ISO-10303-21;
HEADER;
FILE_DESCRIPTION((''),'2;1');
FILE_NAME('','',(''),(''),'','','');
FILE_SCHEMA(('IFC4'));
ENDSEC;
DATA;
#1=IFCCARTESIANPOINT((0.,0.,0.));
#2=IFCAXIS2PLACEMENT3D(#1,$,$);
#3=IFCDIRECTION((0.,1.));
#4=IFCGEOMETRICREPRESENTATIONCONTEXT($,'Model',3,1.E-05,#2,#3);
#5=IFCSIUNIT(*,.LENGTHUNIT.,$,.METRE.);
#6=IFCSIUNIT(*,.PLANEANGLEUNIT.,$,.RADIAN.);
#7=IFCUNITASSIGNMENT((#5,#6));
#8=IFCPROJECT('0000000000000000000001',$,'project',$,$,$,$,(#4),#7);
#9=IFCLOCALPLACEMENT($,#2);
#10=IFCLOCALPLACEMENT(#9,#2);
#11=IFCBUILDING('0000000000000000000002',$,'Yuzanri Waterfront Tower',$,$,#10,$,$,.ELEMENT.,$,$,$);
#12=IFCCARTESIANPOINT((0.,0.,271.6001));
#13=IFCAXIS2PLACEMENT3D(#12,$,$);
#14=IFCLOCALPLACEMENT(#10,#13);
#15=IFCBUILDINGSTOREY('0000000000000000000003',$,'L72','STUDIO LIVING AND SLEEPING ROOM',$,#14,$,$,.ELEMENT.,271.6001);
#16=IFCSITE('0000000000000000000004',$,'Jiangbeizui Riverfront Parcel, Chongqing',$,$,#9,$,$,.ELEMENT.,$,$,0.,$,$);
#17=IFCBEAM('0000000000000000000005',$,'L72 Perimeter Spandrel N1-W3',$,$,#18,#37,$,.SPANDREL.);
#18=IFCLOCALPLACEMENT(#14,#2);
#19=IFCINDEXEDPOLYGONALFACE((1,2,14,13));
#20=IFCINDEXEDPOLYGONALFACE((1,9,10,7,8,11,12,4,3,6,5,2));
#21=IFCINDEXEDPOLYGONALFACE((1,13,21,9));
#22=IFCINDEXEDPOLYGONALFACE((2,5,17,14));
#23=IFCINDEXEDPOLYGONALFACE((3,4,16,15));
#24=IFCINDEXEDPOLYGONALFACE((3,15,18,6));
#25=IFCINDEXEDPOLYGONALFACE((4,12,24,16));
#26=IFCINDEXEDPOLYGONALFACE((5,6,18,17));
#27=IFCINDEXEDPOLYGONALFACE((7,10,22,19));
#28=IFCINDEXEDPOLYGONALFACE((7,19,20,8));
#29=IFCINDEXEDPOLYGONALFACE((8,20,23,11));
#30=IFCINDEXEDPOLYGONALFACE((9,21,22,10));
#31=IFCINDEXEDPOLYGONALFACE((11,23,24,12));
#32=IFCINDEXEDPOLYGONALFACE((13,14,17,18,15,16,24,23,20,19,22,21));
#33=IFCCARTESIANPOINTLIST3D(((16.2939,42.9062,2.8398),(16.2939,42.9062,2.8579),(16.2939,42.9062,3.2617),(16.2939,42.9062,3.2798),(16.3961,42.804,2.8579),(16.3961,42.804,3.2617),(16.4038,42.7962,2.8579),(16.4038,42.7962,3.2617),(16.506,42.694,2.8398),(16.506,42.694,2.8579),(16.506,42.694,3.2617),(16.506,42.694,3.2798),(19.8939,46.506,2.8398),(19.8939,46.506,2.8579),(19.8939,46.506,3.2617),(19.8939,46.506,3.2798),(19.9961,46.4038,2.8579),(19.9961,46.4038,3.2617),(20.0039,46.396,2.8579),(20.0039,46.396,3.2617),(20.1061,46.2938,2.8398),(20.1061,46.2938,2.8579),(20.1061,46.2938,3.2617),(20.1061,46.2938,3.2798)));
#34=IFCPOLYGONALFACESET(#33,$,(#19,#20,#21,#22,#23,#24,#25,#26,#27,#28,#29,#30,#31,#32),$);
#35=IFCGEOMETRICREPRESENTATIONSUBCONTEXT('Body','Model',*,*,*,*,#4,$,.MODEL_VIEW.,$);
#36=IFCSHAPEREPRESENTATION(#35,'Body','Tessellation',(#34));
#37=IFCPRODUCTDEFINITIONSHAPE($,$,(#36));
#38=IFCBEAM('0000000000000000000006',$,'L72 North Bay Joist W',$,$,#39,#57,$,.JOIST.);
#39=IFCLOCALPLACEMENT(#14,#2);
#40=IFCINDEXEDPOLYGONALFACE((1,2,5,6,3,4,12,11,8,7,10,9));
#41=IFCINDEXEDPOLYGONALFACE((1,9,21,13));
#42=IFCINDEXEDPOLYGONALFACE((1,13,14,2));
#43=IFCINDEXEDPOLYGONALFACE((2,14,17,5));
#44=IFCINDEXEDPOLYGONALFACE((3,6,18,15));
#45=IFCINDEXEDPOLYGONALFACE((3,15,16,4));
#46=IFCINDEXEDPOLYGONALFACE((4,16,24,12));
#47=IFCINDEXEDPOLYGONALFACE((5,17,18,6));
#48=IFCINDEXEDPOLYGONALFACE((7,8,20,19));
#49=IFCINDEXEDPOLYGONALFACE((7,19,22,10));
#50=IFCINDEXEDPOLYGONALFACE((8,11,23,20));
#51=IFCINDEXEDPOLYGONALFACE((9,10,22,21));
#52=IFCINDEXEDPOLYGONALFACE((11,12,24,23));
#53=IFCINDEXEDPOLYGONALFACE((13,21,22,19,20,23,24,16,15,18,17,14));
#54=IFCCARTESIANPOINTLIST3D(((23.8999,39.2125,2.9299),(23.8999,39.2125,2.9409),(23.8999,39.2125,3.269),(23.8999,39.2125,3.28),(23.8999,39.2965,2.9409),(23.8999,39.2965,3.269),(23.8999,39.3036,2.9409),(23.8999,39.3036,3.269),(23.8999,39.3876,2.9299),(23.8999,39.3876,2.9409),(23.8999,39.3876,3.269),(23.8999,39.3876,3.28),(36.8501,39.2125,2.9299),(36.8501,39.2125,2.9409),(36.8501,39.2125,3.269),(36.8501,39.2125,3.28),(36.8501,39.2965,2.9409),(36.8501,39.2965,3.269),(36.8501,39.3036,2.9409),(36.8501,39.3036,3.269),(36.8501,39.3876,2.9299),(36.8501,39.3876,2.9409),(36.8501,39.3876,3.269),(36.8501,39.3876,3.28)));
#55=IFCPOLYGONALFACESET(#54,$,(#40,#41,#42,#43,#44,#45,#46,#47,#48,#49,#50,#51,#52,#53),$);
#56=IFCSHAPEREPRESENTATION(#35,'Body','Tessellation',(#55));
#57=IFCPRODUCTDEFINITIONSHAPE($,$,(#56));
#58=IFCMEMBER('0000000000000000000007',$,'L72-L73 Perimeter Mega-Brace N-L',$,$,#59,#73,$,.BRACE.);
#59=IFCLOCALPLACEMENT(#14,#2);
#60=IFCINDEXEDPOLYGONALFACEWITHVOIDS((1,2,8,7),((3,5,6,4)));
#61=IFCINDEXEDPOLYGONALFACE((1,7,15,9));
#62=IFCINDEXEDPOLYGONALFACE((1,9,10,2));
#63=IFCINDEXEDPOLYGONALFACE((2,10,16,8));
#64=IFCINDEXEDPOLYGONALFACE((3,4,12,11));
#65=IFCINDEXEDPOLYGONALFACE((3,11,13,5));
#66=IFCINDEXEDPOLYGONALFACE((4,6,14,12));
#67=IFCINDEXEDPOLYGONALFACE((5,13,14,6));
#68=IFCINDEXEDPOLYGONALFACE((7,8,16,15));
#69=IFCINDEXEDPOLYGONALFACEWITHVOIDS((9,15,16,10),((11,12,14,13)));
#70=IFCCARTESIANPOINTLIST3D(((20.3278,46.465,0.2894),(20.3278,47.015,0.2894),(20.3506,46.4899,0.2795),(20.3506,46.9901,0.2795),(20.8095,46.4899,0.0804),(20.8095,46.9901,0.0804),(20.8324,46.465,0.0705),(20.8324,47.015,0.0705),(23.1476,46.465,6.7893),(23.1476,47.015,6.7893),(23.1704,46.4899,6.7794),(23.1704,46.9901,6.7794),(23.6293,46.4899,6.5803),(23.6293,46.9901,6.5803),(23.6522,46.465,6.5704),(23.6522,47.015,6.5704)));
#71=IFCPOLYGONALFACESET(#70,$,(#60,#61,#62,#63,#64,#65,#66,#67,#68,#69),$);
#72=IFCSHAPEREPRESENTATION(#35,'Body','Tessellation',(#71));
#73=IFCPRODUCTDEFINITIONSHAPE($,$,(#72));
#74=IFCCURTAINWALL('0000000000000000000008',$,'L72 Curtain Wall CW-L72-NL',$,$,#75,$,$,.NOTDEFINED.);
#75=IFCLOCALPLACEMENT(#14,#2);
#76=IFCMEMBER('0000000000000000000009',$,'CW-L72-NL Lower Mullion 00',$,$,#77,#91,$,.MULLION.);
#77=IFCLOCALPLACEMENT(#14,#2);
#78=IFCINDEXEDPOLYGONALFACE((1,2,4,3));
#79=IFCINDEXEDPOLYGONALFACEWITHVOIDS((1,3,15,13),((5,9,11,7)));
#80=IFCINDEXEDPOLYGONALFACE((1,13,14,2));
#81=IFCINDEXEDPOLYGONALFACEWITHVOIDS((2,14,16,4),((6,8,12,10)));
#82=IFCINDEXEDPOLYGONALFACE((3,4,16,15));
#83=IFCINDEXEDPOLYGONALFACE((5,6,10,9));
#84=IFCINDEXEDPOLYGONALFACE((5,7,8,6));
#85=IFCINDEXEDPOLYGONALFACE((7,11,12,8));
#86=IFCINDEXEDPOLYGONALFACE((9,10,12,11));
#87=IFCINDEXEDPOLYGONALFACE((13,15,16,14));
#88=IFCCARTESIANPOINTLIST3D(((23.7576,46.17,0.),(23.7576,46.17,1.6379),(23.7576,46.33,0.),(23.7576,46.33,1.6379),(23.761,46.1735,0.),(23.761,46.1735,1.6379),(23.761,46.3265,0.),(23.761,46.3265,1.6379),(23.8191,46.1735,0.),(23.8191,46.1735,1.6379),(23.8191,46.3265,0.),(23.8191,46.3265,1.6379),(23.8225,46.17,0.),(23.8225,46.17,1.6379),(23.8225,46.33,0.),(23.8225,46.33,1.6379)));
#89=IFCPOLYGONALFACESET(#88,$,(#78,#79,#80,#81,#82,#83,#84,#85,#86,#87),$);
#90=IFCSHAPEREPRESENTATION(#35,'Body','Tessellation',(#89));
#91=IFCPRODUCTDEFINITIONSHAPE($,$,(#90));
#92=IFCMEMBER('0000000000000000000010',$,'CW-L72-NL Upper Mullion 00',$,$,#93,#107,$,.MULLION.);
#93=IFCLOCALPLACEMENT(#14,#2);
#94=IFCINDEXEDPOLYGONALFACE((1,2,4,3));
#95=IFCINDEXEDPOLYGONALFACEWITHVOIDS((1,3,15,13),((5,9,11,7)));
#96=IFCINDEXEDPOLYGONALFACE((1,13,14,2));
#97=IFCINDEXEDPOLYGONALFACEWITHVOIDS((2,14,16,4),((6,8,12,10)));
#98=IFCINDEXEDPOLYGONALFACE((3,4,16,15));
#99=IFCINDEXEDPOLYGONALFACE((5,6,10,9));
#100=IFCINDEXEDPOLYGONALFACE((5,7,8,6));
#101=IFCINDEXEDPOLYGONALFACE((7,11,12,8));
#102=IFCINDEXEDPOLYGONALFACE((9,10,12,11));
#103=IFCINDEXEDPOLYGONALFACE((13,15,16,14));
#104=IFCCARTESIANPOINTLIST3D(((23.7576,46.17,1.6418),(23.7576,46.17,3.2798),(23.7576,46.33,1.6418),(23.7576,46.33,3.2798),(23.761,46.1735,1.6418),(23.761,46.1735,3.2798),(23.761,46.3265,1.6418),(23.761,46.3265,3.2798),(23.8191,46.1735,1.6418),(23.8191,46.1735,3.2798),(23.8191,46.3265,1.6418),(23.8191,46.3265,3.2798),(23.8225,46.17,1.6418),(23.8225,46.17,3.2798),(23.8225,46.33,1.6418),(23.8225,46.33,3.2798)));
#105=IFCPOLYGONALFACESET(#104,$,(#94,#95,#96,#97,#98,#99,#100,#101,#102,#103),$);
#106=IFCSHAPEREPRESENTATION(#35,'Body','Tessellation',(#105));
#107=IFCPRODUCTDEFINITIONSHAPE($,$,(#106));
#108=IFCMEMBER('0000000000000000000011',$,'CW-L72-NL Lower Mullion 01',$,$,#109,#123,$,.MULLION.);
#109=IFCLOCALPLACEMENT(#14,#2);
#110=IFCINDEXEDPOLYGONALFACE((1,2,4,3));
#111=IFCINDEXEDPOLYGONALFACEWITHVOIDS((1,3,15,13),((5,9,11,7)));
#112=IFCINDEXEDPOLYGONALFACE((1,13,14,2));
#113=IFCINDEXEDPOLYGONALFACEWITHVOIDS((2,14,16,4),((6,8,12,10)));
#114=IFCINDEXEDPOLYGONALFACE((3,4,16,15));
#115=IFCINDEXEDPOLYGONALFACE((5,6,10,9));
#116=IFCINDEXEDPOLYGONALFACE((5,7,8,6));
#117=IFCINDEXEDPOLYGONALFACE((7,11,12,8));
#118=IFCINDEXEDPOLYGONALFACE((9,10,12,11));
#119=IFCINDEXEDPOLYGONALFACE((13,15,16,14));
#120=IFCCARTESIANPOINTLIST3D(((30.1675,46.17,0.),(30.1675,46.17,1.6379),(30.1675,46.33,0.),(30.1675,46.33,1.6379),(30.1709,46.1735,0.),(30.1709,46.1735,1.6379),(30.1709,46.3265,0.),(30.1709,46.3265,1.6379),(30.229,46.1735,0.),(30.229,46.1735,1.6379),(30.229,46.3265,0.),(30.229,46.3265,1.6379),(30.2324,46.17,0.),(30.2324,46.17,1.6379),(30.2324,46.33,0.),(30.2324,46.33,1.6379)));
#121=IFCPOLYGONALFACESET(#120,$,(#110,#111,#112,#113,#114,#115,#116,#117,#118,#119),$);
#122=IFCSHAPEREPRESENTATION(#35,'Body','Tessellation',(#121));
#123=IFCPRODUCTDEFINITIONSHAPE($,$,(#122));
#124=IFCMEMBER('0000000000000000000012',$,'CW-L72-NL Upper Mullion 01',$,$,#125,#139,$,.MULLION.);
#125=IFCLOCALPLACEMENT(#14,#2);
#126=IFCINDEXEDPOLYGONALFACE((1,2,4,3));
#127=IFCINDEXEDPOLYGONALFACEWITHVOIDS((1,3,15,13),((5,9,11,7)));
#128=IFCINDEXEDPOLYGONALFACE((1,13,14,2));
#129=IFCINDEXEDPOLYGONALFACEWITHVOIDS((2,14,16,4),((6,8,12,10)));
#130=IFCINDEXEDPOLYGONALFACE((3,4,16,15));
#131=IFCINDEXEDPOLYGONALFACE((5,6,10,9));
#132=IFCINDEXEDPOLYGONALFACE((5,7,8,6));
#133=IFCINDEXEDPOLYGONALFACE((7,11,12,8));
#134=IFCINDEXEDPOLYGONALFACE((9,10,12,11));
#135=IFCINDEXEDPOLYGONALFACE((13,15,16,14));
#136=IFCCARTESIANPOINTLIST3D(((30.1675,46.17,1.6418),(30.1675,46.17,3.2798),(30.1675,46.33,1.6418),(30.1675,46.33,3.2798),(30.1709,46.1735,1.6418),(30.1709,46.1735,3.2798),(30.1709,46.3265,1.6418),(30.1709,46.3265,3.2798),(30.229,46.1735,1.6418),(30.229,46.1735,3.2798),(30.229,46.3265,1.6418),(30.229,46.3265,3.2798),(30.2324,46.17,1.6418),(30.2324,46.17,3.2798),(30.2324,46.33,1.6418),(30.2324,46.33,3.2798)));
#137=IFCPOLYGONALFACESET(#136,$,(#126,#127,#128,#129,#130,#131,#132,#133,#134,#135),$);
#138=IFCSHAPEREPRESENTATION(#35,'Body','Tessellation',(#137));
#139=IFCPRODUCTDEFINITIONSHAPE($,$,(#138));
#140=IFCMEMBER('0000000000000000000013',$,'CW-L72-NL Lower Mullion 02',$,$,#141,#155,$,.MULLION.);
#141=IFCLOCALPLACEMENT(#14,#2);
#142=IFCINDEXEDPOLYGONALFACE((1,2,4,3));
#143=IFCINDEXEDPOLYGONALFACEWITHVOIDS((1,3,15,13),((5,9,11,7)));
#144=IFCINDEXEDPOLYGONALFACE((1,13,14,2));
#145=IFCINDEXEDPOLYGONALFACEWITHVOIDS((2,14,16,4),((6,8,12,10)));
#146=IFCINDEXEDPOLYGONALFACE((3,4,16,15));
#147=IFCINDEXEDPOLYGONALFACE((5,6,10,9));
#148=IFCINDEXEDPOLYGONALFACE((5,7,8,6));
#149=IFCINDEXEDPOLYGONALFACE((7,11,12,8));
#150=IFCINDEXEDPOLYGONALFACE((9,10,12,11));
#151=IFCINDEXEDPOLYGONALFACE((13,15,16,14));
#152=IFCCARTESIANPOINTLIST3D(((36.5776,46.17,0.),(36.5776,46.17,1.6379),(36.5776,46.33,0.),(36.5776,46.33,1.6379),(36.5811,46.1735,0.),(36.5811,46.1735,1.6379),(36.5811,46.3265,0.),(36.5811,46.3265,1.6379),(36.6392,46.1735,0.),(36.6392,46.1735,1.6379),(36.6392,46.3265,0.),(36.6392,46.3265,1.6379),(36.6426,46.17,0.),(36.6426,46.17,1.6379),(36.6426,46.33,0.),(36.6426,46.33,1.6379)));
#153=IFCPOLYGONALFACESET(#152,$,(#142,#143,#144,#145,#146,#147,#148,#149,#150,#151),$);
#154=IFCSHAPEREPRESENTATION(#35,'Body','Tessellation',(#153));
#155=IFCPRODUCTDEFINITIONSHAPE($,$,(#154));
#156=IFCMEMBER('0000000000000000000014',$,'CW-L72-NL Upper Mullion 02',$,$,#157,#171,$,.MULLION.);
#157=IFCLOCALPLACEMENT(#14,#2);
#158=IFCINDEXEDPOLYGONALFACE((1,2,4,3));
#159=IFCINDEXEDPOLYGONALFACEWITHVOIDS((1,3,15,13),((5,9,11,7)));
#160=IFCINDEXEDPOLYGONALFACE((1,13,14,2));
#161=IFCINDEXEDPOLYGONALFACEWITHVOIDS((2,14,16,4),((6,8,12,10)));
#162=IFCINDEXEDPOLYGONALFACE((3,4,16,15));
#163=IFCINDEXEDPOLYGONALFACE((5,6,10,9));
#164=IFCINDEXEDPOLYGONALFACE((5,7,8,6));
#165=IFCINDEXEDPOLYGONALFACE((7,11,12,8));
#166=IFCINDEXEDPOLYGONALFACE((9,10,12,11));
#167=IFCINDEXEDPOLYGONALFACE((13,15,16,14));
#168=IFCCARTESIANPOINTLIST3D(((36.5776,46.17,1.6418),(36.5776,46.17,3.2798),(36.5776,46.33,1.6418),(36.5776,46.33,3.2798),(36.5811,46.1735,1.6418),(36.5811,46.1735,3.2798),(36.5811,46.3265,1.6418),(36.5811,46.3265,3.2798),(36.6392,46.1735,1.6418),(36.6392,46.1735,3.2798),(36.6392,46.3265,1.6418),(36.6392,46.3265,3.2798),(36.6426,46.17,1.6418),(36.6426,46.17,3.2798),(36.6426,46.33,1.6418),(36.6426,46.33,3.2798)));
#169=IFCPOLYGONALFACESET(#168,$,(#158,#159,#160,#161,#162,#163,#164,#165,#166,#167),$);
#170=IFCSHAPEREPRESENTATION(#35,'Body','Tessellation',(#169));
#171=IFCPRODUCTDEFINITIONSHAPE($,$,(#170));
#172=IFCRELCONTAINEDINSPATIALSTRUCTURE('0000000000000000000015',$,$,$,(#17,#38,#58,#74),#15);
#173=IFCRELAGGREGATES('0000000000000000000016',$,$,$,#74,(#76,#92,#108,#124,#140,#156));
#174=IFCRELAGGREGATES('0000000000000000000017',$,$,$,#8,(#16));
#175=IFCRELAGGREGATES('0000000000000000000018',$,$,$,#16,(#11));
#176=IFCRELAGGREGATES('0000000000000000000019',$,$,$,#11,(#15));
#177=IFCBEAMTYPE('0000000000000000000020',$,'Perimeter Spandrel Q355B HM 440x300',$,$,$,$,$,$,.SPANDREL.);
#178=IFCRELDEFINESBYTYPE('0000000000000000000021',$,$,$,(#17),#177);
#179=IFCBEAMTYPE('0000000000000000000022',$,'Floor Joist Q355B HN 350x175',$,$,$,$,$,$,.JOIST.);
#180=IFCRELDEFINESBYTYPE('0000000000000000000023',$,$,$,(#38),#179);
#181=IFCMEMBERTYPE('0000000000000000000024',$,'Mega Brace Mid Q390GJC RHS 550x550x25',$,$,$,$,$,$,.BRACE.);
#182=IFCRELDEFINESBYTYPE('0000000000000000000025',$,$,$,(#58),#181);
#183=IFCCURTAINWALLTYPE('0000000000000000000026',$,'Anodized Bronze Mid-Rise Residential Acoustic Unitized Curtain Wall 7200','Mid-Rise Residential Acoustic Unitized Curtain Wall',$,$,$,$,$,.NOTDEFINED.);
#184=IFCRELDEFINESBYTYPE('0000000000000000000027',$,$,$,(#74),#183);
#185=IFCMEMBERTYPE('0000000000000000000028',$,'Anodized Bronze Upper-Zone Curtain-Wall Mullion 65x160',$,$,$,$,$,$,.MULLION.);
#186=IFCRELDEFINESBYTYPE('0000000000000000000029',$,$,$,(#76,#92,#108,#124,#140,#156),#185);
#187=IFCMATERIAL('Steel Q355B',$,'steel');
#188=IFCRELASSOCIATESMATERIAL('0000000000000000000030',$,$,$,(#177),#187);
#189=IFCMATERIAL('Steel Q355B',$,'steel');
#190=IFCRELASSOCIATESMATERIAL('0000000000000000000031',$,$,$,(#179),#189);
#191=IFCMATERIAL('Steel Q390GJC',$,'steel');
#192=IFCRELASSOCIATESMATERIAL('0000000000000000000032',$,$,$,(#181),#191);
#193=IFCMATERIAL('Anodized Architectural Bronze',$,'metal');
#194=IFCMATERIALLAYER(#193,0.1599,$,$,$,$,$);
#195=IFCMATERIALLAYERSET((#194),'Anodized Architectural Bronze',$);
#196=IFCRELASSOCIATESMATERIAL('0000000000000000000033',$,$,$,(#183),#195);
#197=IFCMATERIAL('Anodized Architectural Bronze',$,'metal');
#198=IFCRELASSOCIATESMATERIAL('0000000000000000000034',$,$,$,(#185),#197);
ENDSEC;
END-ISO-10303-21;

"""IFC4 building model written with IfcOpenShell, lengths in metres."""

from ifc_helpers import new_model, si_unit, direction, frame, origin, origin_2d, place, context, subcontext, project, spatial, hollow_rectangle, i_section, extrude, source, transform, mapped, material, layer, layer_set, material_profile, profile_set, type_object, element, aggregate, save


model = new_model("IFC4")

# Units and contexts
model_context = context("Model", 3, precision=1e-05, world=origin(), true_north=direction((0.0, 1.0)))
body_context = subcontext(model_context, "Body", "Model", "MODEL_VIEW")
ifc_project = project(units=[si_unit("LENGTHUNIT", "METRE"), si_unit("PLANEANGLEUNIT", "RADIAN")], contexts=[model_context])

# Site, building, storey
site_placement = place(None, origin())
site = spatial("IfcSite", under=ifc_project, at=site_placement, Name="Jiangbeizui Riverfront Parcel, Chongqing", CompositionType="ELEMENT", RefElevation=0.0)
building_placement = place(site_placement, origin())
building = spatial("IfcBuilding", under=site, at=building_placement, Name="Yuzanri Waterfront Tower", CompositionType="ELEMENT")
storey_placement = place(building_placement, frame((0.0, 0.0, 271.6001)))
storey = spatial("IfcBuildingStorey", under=building, at=storey_placement, Name="L72", Description="STUDIO LIVING AND SLEEPING ROOM", CompositionType="ELEMENT", Elevation=271.6001)

# Beams
ifc_material_1 = material(Name="Steel Q355B", Category="steel")
ifc_material_profile_1 = material_profile(ifc_material_1, i_section(OverallWidth=0.3, OverallDepth=0.4399, WebThickness=0.011, FlangeThickness=0.0181, at=origin_2d()), Name="HM 440x300x11x18")
ifc_profile_set_1 = profile_set([ifc_material_profile_1], Name="Steel Q355B")
beam_type_1 = type_object("IfcBeamType", Name="Perimeter Spandrel Q355B HM 440x300", PredefinedType="SPANDREL", material=ifc_profile_set_1)
shared_shape_1 = source(origin(), body_context, "Body", "SweptSolid", [
    extrude(i_section(OverallWidth=0.3, OverallDepth=0.4399, WebThickness=0.011, FlangeThickness=0.0181, at=origin_2d()), origin(), (0.0, 0.0, 1.0), 5.0911),
])
beam_1_placement = place(storey_placement, frame((20.0, 46.3999, 3.0598), z_axis=(-0.707131, -0.707083, 0.0), x_axis=(0.707083, -0.707131, 0.0)))
element("IfcBeam", 1, at=beam_1_placement, inside=storey, type_object=beam_type_1, Name="L72 Perimeter Spandrel N1-W3", PredefinedType="SPANDREL", context=body_context, shape_type="MappedRepresentation", body=[
    mapped(shared_shape_1, transform((0.0, 0.0, 0.0), scale=1.0)),
])
ifc_material_2 = material(Name="Steel Q355B", Category="steel")
ifc_material_profile_2 = material_profile(ifc_material_2, i_section(OverallWidth=0.175, OverallDepth=0.3501, WebThickness=0.0071, FlangeThickness=0.011, at=origin_2d()), Name="HN 350x175x7x11")
ifc_profile_set_2 = profile_set([ifc_material_profile_2], Name="Steel Q355B")
beam_type_2 = type_object("IfcBeamType", Name="Floor Joist Q355B HN 350x175", PredefinedType="JOIST", material=ifc_profile_set_2)
shared_shape_2 = source(origin(), body_context, "Body", "SweptSolid", [
    extrude(i_section(OverallWidth=0.175, OverallDepth=0.3501, WebThickness=0.0071, FlangeThickness=0.011, at=origin_2d()), origin(), (0.0, 0.0, 1.0), 12.9502),
])
beam_2_placement = place(storey_placement, frame((23.8999, 39.3, 3.105), z_axis=(1.0, 0.0, 0.0), x_axis=(0.0, 1.0, 0.0)))
element("IfcBeam", 2, at=beam_2_placement, inside=storey, type_object=beam_type_2, Name="L72 North Bay Joist W", PredefinedType="JOIST", context=body_context, shape_type="MappedRepresentation", body=[
    mapped(shared_shape_2, transform((0.0, 0.0, 0.0), scale=1.0)),
])

# Member
ifc_material_3 = material(Name="Steel Q390GJC", Category="steel")
ifc_material_profile_3 = material_profile(ifc_material_3, hollow_rectangle(XDim=0.55, YDim=0.55, WallThickness=0.0249, at=origin_2d()), Name="RHS 550x550x25")
ifc_profile_set_3 = profile_set([ifc_material_profile_3], Name="Steel Q390GJC")
member_type_1 = type_object("IfcMemberType", Name="Mega Brace Mid Q390GJC RHS 550x550x25", PredefinedType="BRACE", material=ifc_profile_set_3)
shared_shape_3 = source(origin(), body_context, "Body", "SweptSolid", [
    extrude(hollow_rectangle(XDim=0.55, YDim=0.55, WallThickness=0.0249, at=origin_2d()), origin(), (0.0, 0.0, 1.0), 7.0852),
])
member_1_placement = place(storey_placement, frame((20.5801, 46.74, 0.1799), z_axis=(0.397983, 0.0, 0.917393), x_axis=(0.0, 1.0, 0.0)))
element("IfcMember", 3, at=member_1_placement, inside=storey, type_object=member_type_1, Name="L72-L73 Perimeter Mega-Brace N-L", PredefinedType="BRACE", context=body_context, shape_type="MappedRepresentation", body=[
    mapped(shared_shape_3, transform((0.0, 0.0, 0.0), scale=1.0)),
])

# Curtain wall, members
ifc_material_4 = material(Name="Anodized Architectural Bronze", Category="metal")
ifc_layer_1 = layer(ifc_material_4, 0.1599)
ifc_layer_set_1 = layer_set([ifc_layer_1], Name="Anodized Architectural Bronze")
curtain_wall_type = type_object("IfcCurtainWallType", Name="Anodized Bronze Mid-Rise Residential Acoustic Unitized Curtain Wall 7200", Description="Mid-Rise Residential Acoustic Unitized Curtain Wall", PredefinedType="NOTDEFINED", material=ifc_layer_set_1)
curtain_wall_placement = place(storey_placement, origin())
curtain_wall = element("IfcCurtainWall", 4, at=curtain_wall_placement, inside=storey, type_object=curtain_wall_type, Name="L72 Curtain Wall CW-L72-NL", PredefinedType="NOTDEFINED")
ifc_material_5 = material(Name="Anodized Architectural Bronze", Category="metal")
ifc_material_profile_4 = material_profile(ifc_material_5, hollow_rectangle(XDim=0.0649, YDim=0.1599, WallThickness=0.0034, at=origin_2d()), Name="CWM 65x160")
ifc_profile_set_4 = profile_set([ifc_material_profile_4], Name="Anodized Architectural Bronze")
member_type_2 = type_object("IfcMemberType", Name="Anodized Bronze Upper-Zone Curtain-Wall Mullion 65x160", PredefinedType="MULLION", material=ifc_profile_set_4)
shared_shape_4 = source(origin(), body_context, "Body", "SweptSolid", [
    extrude(hollow_rectangle(XDim=0.0649, YDim=0.1599, WallThickness=0.0034, at=origin_2d()), origin(), (0.0, 0.0, 1.0), 1.6379),
])
member_2_placement = place(storey_placement, frame((23.79, 46.25, 0.0), z_axis=(0.0, 0.0, 1.0), x_axis=(1.0, 0.0, 0.0)))
member_2 = element("IfcMember", 5, at=member_2_placement, type_object=member_type_2, Name="CW-L72-NL Lower Mullion 00", PredefinedType="MULLION", context=body_context, shape_type="MappedRepresentation", body=[
    mapped(shared_shape_4, transform((0.0, 0.0, 0.0), scale=1.0)),
])
member_3_placement = place(storey_placement, frame((23.79, 46.25, 1.6418), z_axis=(0.0, 0.0, 1.0), x_axis=(1.0, 0.0, 0.0)))
member_3 = element("IfcMember", 6, at=member_3_placement, type_object=member_type_2, Name="CW-L72-NL Upper Mullion 00", PredefinedType="MULLION", context=body_context, shape_type="MappedRepresentation", body=[
    mapped(shared_shape_4, transform((0.0, 0.0, 0.0), scale=1.0)),
])
member_4_placement = place(storey_placement, frame((30.2, 46.25, 0.0), z_axis=(0.0, 0.0, 1.0), x_axis=(1.0, 0.0, 0.0)))
member_4 = element("IfcMember", 7, at=member_4_placement, type_object=member_type_2, Name="CW-L72-NL Lower Mullion 01", PredefinedType="MULLION", context=body_context, shape_type="MappedRepresentation", body=[
    mapped(shared_shape_4, transform((0.0, 0.0, 0.0), scale=1.0)),
])
member_5_placement = place(storey_placement, frame((30.2, 46.25, 1.6418), z_axis=(0.0, 0.0, 1.0), x_axis=(1.0, 0.0, 0.0)))
member_5 = element("IfcMember", 8, at=member_5_placement, type_object=member_type_2, Name="CW-L72-NL Upper Mullion 01", PredefinedType="MULLION", context=body_context, shape_type="MappedRepresentation", body=[
    mapped(shared_shape_4, transform((0.0, 0.0, 0.0), scale=1.0)),
])
member_6_placement = place(storey_placement, frame((36.6101, 46.25, 0.0), z_axis=(0.0, 0.0, 1.0), x_axis=(1.0, 0.0, 0.0)))
member_6 = element("IfcMember", 9, at=member_6_placement, type_object=member_type_2, Name="CW-L72-NL Lower Mullion 02", PredefinedType="MULLION", context=body_context, shape_type="MappedRepresentation", body=[
    mapped(shared_shape_4, transform((0.0, 0.0, 0.0), scale=1.0)),
])
member_7_placement = place(storey_placement, frame((36.6101, 46.25, 1.6418), z_axis=(0.0, 0.0, 1.0), x_axis=(1.0, 0.0, 0.0)))
member_7 = element("IfcMember", 10, at=member_7_placement, type_object=member_type_2, Name="CW-L72-NL Upper Mullion 02", PredefinedType="MULLION", context=body_context, shape_type="MappedRepresentation", body=[
    mapped(shared_shape_4, transform((0.0, 0.0, 0.0), scale=1.0)),
])

aggregate(curtain_wall, [member_2, member_3, member_4, member_5, member_6, member_7])

save(model, "model.ifc")
